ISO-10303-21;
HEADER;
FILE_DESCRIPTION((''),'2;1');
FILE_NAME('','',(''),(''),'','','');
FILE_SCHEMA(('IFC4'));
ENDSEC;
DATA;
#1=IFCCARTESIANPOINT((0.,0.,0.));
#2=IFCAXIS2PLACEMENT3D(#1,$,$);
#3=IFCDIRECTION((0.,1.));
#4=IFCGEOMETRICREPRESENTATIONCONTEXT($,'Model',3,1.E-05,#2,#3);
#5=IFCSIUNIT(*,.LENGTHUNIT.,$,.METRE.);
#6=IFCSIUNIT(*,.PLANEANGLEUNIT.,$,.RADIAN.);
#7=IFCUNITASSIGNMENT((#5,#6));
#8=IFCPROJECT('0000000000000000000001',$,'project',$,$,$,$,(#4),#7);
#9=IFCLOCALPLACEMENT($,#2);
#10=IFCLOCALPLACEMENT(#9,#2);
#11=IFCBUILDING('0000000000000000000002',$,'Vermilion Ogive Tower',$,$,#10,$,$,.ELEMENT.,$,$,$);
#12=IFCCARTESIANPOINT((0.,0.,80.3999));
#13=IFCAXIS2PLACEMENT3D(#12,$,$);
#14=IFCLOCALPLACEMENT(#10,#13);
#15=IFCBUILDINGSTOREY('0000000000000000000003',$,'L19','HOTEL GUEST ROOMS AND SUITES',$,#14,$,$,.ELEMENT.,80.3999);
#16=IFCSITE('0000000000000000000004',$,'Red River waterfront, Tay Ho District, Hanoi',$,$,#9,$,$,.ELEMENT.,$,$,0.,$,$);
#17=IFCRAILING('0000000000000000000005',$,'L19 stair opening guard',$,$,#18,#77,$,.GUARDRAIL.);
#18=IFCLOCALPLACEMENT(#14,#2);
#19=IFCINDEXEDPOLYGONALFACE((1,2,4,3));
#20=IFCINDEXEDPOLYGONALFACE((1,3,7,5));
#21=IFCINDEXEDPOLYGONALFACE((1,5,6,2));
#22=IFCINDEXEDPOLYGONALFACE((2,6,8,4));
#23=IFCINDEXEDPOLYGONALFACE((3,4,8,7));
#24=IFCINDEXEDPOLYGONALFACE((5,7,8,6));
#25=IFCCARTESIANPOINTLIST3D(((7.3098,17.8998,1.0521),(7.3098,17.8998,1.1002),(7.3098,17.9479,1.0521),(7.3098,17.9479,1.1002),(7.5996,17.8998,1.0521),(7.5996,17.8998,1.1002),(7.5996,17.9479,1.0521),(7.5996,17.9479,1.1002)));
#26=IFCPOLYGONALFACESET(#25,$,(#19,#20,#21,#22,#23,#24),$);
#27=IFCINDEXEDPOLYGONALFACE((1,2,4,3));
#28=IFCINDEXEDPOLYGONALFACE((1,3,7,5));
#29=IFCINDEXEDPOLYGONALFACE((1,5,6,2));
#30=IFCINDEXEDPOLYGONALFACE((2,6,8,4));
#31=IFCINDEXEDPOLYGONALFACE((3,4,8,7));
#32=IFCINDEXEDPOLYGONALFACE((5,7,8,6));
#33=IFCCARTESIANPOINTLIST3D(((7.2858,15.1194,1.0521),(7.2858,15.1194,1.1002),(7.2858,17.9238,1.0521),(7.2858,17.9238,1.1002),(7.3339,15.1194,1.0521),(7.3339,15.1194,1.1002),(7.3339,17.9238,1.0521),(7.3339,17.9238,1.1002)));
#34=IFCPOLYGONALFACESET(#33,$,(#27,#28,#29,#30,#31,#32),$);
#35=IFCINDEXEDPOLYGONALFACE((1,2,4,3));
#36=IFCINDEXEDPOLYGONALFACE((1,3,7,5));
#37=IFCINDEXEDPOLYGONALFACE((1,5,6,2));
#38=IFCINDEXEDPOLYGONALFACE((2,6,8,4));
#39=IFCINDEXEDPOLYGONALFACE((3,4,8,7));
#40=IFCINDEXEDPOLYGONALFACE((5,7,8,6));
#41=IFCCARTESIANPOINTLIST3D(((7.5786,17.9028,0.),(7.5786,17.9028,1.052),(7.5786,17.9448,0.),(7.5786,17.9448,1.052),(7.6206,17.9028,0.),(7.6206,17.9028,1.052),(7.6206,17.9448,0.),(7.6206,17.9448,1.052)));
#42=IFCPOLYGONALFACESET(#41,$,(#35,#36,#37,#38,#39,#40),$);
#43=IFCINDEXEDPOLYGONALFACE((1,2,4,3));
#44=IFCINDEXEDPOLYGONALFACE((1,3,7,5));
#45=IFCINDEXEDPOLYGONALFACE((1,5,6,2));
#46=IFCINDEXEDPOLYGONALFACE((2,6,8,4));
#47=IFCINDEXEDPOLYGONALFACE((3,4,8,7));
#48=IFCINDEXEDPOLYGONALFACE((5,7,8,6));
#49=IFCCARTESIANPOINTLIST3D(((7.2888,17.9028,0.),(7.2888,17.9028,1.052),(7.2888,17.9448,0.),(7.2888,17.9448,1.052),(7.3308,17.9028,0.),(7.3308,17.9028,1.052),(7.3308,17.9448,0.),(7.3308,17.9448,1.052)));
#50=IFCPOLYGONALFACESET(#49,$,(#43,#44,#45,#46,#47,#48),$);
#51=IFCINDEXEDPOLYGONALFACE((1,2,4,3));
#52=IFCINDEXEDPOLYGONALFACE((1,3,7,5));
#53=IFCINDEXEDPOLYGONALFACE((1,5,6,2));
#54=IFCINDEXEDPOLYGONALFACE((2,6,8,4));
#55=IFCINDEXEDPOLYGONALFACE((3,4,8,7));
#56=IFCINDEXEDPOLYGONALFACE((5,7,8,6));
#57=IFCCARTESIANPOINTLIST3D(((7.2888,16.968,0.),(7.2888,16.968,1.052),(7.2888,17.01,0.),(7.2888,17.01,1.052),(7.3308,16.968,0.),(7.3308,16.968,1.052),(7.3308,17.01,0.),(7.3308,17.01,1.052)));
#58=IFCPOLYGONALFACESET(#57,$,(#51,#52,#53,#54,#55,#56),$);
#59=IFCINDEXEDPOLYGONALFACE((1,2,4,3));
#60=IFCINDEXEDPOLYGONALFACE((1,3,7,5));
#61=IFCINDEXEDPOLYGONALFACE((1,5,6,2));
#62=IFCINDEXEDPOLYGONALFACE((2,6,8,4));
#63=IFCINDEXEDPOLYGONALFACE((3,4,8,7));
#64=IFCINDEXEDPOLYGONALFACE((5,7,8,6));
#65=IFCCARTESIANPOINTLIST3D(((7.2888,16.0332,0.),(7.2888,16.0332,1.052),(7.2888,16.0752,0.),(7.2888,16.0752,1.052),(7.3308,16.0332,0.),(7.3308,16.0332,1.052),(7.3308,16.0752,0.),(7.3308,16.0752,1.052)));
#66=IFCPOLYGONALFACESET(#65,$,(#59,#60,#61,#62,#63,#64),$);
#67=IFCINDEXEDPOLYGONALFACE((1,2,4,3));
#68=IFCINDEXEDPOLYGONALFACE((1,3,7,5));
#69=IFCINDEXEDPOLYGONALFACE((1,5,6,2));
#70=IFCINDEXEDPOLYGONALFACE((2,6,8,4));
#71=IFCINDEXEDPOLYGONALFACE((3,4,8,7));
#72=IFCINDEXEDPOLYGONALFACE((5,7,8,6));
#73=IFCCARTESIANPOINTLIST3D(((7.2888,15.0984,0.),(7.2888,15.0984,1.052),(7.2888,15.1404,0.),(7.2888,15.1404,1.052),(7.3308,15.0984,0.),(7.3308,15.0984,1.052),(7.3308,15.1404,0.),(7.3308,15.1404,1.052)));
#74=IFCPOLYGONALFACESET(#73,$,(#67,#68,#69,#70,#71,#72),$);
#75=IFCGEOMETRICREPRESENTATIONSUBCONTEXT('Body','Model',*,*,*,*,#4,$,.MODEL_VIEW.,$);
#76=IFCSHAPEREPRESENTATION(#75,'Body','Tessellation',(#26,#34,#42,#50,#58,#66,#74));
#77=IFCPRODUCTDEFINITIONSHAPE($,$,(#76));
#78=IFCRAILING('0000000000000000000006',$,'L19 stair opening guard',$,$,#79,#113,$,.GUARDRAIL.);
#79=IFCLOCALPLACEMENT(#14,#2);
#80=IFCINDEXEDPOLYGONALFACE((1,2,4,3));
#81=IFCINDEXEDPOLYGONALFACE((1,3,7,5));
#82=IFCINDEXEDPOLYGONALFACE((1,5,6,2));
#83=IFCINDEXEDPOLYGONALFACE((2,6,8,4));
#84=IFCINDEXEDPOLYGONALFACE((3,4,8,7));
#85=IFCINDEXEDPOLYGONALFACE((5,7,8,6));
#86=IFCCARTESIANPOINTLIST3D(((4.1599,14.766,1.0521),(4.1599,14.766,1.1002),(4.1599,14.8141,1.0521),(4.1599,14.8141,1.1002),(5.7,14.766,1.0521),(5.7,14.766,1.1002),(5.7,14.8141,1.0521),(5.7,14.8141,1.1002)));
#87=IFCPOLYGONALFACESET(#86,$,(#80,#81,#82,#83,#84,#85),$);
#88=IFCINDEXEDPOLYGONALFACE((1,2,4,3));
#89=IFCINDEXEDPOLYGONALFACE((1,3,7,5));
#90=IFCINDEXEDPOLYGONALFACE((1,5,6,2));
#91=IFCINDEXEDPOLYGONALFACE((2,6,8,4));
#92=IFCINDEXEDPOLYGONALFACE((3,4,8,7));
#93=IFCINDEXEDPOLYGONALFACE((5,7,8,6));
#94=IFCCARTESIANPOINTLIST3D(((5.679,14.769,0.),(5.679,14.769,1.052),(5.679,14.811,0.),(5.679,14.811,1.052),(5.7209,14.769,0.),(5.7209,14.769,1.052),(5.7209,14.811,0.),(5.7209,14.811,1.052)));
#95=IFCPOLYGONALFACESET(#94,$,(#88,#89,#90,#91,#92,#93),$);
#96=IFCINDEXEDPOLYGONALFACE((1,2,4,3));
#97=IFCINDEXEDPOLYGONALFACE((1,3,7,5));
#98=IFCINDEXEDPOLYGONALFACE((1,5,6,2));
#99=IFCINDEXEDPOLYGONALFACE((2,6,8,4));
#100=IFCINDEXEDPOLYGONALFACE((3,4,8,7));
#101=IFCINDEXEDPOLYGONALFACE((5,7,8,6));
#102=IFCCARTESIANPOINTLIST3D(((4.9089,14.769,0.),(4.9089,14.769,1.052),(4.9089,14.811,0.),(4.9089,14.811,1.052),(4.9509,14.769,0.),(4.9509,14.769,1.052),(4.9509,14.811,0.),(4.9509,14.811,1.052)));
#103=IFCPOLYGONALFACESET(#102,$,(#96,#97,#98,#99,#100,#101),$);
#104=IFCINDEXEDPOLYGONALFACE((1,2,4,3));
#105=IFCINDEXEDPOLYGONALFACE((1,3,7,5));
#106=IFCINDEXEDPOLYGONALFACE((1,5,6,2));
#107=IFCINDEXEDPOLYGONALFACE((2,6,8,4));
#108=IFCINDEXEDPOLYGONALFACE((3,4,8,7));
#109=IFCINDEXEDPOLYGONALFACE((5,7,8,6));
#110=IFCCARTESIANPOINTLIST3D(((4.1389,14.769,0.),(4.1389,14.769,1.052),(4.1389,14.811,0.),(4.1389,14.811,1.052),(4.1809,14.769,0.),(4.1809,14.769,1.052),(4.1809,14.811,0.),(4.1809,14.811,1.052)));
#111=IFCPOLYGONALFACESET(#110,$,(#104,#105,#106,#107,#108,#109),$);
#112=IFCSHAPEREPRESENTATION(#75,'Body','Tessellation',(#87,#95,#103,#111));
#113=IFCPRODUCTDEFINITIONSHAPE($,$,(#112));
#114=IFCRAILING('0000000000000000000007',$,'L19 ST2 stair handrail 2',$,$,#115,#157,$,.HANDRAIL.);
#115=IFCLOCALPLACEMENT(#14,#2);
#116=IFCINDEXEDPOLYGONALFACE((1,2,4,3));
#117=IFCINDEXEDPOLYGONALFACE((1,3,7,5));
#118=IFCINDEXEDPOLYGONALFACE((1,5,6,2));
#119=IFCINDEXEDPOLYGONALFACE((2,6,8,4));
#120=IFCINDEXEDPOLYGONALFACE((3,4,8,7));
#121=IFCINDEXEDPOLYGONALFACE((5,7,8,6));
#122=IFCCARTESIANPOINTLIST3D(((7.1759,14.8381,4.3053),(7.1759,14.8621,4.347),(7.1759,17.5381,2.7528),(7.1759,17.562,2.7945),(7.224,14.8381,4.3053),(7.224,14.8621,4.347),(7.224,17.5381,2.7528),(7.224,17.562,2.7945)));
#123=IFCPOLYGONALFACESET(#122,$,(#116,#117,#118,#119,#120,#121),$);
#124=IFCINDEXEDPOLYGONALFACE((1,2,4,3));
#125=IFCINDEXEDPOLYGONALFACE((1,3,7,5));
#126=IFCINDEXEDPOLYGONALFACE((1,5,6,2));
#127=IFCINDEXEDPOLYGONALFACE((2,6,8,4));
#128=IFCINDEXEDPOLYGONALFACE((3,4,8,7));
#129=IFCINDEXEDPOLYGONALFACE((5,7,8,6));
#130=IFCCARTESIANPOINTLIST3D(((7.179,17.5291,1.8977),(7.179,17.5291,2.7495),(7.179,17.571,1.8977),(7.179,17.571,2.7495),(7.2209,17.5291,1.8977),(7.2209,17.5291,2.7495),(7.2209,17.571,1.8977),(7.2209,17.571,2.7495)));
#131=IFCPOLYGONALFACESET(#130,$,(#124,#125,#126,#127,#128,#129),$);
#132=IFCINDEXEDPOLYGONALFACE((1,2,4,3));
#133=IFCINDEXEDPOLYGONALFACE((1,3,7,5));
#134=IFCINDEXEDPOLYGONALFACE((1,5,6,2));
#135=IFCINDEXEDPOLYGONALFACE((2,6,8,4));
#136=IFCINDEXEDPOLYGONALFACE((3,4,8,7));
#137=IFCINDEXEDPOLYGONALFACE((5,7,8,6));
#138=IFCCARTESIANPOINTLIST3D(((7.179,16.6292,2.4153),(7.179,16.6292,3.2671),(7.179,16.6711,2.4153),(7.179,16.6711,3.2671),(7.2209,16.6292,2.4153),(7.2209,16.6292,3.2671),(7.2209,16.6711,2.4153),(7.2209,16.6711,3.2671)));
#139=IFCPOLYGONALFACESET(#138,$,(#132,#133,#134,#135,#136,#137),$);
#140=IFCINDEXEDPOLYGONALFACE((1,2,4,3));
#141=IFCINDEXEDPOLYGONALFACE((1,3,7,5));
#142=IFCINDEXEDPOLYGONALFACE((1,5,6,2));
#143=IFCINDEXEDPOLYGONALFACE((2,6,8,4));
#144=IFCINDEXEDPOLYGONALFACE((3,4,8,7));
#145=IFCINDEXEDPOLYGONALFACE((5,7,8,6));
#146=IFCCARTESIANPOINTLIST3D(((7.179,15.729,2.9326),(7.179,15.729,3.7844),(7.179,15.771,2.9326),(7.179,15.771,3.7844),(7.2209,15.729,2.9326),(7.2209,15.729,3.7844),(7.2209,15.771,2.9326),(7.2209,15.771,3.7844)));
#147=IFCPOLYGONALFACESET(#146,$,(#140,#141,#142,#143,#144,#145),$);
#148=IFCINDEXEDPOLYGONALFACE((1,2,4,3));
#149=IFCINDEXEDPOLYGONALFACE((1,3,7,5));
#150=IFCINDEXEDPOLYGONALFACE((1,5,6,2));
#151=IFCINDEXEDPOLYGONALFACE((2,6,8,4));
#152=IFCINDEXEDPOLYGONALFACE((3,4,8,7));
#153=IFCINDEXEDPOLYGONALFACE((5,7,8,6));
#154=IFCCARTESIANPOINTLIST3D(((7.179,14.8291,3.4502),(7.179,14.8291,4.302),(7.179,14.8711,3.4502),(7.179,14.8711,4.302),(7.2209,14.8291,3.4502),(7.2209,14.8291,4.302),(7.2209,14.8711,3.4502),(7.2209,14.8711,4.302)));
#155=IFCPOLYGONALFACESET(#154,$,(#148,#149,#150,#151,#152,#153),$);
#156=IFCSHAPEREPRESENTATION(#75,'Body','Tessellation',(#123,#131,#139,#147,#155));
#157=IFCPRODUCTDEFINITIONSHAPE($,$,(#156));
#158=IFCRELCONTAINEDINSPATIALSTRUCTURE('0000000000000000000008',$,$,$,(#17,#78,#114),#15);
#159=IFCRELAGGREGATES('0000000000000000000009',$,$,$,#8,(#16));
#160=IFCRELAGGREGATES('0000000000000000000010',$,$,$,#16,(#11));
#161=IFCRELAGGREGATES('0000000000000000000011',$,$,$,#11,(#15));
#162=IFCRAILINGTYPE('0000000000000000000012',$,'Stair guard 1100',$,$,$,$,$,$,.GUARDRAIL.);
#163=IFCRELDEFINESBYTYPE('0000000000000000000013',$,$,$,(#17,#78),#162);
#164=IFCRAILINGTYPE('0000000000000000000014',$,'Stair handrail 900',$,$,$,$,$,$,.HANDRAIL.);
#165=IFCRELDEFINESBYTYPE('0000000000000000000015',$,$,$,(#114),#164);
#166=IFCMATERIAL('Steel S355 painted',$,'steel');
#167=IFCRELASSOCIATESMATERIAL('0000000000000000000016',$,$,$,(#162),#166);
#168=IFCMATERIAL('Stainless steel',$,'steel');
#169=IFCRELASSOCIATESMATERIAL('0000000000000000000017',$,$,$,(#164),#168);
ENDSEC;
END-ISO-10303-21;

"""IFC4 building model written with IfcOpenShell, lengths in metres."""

from ifc_helpers import new_model, si_unit, direction, frame, origin, origin_2d, place, context, subcontext, project, spatial, rectangle, extrude, material, type_object, element, save


model = new_model("IFC4")

# Units and contexts
model_context = context("Model", 3, precision=1e-05, world=origin(), true_north=direction((0.0, 1.0)))
body_context = subcontext(model_context, "Body", "Model", "MODEL_VIEW")
ifc_project = project(units=[si_unit("LENGTHUNIT", "METRE"), si_unit("PLANEANGLEUNIT", "RADIAN")], contexts=[model_context])

# Site, building, storey
site_placement = place(None, origin())
site = spatial("IfcSite", under=ifc_project, at=site_placement, Name="Red River waterfront, Tay Ho District, Hanoi", CompositionType="ELEMENT", RefElevation=0.0)
building_placement = place(site_placement, origin())
building = spatial("IfcBuilding", under=site, at=building_placement, Name="Vermilion Ogive Tower", CompositionType="ELEMENT")
storey_placement = place(building_placement, frame((0.0, 0.0, 80.3999)))
storey = spatial("IfcBuildingStorey", under=building, at=storey_placement, Name="L19", Description="HOTEL GUEST ROOMS AND SUITES", CompositionType="ELEMENT", Elevation=80.3999)

# Railings
ifc_material_1 = material(Name="Steel S355 painted", Category="steel")
railing_type_1 = type_object("IfcRailingType", Name="Stair guard 1100", PredefinedType="GUARDRAIL", material=ifc_material_1)
railing_1_placement = place(storey_placement, frame((7.5996, 17.9238, 0.0)))
element("IfcRailing", 1, at=railing_1_placement, inside=storey, type_object=railing_type_1, Name="L19 stair opening guard", PredefinedType="GUARDRAIL", context=body_context, shape_type="SweptSolid", body=[
    extrude(rectangle(XDim=0.0481, YDim=0.0481, at=origin_2d()), frame((0.0, 0.0, 1.0762), z_axis=(-1.0, 0.0, 0.0), x_axis=(0.0, -1.0, 0.0)), (0.0, 0.0, 1.0), 0.2898),
    extrude(rectangle(XDim=0.0481, YDim=0.0481, at=origin_2d()), frame((-0.2898, 0.0, 1.0762), z_axis=(0.0, -1.0, 0.0), x_axis=(1.0, 0.0, 0.0)), (0.0, 0.0, 1.0), 2.8044),
    extrude(rectangle(XDim=0.042, YDim=0.042, at=origin_2d()), origin(), (0.0, 0.0, 1.0), 1.052),
    extrude(rectangle(XDim=0.042, YDim=0.042, at=origin_2d()), frame((-0.2898, 0.0, 0.0)), (0.0, 0.0, 1.0), 1.052),
    extrude(rectangle(XDim=0.042, YDim=0.042, at=origin_2d()), frame((-0.2898, -0.9348, 0.0)), (0.0, 0.0, 1.0), 1.052),
    extrude(rectangle(XDim=0.042, YDim=0.042, at=origin_2d()), frame((-0.2898, -1.8696, 0.0)), (0.0, 0.0, 1.0), 1.052),
    extrude(rectangle(XDim=0.042, YDim=0.042, at=origin_2d()), frame((-0.2898, -2.8044, 0.0)), (0.0, 0.0, 1.0), 1.052),
])
railing_2_placement = place(storey_placement, frame((5.7, 14.79, 0.0)))
element("IfcRailing", 2, at=railing_2_placement, inside=storey, type_object=railing_type_1, Name="L19 stair opening guard", PredefinedType="GUARDRAIL", context=body_context, shape_type="SweptSolid", body=[
    extrude(rectangle(XDim=0.0481, YDim=0.0481, at=origin_2d()), frame((0.0, 0.0, 1.0762), z_axis=(-1.0, 0.0, 0.0), x_axis=(0.0, -1.0, 0.0)), (0.0, 0.0, 1.0), 1.54),
    extrude(rectangle(XDim=0.042, YDim=0.042, at=origin_2d()), origin(), (0.0, 0.0, 1.0), 1.052),
    extrude(rectangle(XDim=0.042, YDim=0.042, at=origin_2d()), frame((-0.77, 0.0, 0.0)), (0.0, 0.0, 1.0), 1.052),
    extrude(rectangle(XDim=0.042, YDim=0.042, at=origin_2d()), frame((-1.54, 0.0, 0.0)), (0.0, 0.0, 1.0), 1.052),
])
ifc_material_2 = material(Name="Stainless steel", Category="steel")
railing_type_2 = type_object("IfcRailingType", Name="Stair handrail 900", PredefinedType="HANDRAIL", material=ifc_material_2)
railing_3_placement = place(storey_placement, frame((7.2, 17.55, 1.8977)))
element("IfcRailing", 3, at=railing_3_placement, inside=storey, type_object=railing_type_2, Name="L19 ST2 stair handrail 2", PredefinedType="HANDRAIL", context=body_context, shape_type="SweptSolid", body=[
    extrude(rectangle(XDim=0.0481, YDim=0.0481, at=origin_2d()), frame((0.0, 0.0, 0.876), z_axis=(0.0, -0.866904, 0.498476), x_axis=(1.0, 0.0, 0.0)), (0.0, 0.0, 1.0), 3.1145),
    extrude(rectangle(XDim=0.042, YDim=0.042, at=origin_2d()), origin(), (0.0, 0.0, 1.0), 0.8518),
    extrude(rectangle(XDim=0.042, YDim=0.042, at=origin_2d()), frame((0.0, -0.8999, 0.5176)), (0.0, 0.0, 1.0), 0.8518),
    extrude(rectangle(XDim=0.042, YDim=0.042, at=origin_2d()), frame((0.0, -1.8, 1.0349)), (0.0, 0.0, 1.0), 0.8518),
    extrude(rectangle(XDim=0.042, YDim=0.042, at=origin_2d()), frame((0.0, -2.7, 1.5525)), (0.0, 0.0, 1.0), 0.8518),
])

save(model, "model.ifc")
